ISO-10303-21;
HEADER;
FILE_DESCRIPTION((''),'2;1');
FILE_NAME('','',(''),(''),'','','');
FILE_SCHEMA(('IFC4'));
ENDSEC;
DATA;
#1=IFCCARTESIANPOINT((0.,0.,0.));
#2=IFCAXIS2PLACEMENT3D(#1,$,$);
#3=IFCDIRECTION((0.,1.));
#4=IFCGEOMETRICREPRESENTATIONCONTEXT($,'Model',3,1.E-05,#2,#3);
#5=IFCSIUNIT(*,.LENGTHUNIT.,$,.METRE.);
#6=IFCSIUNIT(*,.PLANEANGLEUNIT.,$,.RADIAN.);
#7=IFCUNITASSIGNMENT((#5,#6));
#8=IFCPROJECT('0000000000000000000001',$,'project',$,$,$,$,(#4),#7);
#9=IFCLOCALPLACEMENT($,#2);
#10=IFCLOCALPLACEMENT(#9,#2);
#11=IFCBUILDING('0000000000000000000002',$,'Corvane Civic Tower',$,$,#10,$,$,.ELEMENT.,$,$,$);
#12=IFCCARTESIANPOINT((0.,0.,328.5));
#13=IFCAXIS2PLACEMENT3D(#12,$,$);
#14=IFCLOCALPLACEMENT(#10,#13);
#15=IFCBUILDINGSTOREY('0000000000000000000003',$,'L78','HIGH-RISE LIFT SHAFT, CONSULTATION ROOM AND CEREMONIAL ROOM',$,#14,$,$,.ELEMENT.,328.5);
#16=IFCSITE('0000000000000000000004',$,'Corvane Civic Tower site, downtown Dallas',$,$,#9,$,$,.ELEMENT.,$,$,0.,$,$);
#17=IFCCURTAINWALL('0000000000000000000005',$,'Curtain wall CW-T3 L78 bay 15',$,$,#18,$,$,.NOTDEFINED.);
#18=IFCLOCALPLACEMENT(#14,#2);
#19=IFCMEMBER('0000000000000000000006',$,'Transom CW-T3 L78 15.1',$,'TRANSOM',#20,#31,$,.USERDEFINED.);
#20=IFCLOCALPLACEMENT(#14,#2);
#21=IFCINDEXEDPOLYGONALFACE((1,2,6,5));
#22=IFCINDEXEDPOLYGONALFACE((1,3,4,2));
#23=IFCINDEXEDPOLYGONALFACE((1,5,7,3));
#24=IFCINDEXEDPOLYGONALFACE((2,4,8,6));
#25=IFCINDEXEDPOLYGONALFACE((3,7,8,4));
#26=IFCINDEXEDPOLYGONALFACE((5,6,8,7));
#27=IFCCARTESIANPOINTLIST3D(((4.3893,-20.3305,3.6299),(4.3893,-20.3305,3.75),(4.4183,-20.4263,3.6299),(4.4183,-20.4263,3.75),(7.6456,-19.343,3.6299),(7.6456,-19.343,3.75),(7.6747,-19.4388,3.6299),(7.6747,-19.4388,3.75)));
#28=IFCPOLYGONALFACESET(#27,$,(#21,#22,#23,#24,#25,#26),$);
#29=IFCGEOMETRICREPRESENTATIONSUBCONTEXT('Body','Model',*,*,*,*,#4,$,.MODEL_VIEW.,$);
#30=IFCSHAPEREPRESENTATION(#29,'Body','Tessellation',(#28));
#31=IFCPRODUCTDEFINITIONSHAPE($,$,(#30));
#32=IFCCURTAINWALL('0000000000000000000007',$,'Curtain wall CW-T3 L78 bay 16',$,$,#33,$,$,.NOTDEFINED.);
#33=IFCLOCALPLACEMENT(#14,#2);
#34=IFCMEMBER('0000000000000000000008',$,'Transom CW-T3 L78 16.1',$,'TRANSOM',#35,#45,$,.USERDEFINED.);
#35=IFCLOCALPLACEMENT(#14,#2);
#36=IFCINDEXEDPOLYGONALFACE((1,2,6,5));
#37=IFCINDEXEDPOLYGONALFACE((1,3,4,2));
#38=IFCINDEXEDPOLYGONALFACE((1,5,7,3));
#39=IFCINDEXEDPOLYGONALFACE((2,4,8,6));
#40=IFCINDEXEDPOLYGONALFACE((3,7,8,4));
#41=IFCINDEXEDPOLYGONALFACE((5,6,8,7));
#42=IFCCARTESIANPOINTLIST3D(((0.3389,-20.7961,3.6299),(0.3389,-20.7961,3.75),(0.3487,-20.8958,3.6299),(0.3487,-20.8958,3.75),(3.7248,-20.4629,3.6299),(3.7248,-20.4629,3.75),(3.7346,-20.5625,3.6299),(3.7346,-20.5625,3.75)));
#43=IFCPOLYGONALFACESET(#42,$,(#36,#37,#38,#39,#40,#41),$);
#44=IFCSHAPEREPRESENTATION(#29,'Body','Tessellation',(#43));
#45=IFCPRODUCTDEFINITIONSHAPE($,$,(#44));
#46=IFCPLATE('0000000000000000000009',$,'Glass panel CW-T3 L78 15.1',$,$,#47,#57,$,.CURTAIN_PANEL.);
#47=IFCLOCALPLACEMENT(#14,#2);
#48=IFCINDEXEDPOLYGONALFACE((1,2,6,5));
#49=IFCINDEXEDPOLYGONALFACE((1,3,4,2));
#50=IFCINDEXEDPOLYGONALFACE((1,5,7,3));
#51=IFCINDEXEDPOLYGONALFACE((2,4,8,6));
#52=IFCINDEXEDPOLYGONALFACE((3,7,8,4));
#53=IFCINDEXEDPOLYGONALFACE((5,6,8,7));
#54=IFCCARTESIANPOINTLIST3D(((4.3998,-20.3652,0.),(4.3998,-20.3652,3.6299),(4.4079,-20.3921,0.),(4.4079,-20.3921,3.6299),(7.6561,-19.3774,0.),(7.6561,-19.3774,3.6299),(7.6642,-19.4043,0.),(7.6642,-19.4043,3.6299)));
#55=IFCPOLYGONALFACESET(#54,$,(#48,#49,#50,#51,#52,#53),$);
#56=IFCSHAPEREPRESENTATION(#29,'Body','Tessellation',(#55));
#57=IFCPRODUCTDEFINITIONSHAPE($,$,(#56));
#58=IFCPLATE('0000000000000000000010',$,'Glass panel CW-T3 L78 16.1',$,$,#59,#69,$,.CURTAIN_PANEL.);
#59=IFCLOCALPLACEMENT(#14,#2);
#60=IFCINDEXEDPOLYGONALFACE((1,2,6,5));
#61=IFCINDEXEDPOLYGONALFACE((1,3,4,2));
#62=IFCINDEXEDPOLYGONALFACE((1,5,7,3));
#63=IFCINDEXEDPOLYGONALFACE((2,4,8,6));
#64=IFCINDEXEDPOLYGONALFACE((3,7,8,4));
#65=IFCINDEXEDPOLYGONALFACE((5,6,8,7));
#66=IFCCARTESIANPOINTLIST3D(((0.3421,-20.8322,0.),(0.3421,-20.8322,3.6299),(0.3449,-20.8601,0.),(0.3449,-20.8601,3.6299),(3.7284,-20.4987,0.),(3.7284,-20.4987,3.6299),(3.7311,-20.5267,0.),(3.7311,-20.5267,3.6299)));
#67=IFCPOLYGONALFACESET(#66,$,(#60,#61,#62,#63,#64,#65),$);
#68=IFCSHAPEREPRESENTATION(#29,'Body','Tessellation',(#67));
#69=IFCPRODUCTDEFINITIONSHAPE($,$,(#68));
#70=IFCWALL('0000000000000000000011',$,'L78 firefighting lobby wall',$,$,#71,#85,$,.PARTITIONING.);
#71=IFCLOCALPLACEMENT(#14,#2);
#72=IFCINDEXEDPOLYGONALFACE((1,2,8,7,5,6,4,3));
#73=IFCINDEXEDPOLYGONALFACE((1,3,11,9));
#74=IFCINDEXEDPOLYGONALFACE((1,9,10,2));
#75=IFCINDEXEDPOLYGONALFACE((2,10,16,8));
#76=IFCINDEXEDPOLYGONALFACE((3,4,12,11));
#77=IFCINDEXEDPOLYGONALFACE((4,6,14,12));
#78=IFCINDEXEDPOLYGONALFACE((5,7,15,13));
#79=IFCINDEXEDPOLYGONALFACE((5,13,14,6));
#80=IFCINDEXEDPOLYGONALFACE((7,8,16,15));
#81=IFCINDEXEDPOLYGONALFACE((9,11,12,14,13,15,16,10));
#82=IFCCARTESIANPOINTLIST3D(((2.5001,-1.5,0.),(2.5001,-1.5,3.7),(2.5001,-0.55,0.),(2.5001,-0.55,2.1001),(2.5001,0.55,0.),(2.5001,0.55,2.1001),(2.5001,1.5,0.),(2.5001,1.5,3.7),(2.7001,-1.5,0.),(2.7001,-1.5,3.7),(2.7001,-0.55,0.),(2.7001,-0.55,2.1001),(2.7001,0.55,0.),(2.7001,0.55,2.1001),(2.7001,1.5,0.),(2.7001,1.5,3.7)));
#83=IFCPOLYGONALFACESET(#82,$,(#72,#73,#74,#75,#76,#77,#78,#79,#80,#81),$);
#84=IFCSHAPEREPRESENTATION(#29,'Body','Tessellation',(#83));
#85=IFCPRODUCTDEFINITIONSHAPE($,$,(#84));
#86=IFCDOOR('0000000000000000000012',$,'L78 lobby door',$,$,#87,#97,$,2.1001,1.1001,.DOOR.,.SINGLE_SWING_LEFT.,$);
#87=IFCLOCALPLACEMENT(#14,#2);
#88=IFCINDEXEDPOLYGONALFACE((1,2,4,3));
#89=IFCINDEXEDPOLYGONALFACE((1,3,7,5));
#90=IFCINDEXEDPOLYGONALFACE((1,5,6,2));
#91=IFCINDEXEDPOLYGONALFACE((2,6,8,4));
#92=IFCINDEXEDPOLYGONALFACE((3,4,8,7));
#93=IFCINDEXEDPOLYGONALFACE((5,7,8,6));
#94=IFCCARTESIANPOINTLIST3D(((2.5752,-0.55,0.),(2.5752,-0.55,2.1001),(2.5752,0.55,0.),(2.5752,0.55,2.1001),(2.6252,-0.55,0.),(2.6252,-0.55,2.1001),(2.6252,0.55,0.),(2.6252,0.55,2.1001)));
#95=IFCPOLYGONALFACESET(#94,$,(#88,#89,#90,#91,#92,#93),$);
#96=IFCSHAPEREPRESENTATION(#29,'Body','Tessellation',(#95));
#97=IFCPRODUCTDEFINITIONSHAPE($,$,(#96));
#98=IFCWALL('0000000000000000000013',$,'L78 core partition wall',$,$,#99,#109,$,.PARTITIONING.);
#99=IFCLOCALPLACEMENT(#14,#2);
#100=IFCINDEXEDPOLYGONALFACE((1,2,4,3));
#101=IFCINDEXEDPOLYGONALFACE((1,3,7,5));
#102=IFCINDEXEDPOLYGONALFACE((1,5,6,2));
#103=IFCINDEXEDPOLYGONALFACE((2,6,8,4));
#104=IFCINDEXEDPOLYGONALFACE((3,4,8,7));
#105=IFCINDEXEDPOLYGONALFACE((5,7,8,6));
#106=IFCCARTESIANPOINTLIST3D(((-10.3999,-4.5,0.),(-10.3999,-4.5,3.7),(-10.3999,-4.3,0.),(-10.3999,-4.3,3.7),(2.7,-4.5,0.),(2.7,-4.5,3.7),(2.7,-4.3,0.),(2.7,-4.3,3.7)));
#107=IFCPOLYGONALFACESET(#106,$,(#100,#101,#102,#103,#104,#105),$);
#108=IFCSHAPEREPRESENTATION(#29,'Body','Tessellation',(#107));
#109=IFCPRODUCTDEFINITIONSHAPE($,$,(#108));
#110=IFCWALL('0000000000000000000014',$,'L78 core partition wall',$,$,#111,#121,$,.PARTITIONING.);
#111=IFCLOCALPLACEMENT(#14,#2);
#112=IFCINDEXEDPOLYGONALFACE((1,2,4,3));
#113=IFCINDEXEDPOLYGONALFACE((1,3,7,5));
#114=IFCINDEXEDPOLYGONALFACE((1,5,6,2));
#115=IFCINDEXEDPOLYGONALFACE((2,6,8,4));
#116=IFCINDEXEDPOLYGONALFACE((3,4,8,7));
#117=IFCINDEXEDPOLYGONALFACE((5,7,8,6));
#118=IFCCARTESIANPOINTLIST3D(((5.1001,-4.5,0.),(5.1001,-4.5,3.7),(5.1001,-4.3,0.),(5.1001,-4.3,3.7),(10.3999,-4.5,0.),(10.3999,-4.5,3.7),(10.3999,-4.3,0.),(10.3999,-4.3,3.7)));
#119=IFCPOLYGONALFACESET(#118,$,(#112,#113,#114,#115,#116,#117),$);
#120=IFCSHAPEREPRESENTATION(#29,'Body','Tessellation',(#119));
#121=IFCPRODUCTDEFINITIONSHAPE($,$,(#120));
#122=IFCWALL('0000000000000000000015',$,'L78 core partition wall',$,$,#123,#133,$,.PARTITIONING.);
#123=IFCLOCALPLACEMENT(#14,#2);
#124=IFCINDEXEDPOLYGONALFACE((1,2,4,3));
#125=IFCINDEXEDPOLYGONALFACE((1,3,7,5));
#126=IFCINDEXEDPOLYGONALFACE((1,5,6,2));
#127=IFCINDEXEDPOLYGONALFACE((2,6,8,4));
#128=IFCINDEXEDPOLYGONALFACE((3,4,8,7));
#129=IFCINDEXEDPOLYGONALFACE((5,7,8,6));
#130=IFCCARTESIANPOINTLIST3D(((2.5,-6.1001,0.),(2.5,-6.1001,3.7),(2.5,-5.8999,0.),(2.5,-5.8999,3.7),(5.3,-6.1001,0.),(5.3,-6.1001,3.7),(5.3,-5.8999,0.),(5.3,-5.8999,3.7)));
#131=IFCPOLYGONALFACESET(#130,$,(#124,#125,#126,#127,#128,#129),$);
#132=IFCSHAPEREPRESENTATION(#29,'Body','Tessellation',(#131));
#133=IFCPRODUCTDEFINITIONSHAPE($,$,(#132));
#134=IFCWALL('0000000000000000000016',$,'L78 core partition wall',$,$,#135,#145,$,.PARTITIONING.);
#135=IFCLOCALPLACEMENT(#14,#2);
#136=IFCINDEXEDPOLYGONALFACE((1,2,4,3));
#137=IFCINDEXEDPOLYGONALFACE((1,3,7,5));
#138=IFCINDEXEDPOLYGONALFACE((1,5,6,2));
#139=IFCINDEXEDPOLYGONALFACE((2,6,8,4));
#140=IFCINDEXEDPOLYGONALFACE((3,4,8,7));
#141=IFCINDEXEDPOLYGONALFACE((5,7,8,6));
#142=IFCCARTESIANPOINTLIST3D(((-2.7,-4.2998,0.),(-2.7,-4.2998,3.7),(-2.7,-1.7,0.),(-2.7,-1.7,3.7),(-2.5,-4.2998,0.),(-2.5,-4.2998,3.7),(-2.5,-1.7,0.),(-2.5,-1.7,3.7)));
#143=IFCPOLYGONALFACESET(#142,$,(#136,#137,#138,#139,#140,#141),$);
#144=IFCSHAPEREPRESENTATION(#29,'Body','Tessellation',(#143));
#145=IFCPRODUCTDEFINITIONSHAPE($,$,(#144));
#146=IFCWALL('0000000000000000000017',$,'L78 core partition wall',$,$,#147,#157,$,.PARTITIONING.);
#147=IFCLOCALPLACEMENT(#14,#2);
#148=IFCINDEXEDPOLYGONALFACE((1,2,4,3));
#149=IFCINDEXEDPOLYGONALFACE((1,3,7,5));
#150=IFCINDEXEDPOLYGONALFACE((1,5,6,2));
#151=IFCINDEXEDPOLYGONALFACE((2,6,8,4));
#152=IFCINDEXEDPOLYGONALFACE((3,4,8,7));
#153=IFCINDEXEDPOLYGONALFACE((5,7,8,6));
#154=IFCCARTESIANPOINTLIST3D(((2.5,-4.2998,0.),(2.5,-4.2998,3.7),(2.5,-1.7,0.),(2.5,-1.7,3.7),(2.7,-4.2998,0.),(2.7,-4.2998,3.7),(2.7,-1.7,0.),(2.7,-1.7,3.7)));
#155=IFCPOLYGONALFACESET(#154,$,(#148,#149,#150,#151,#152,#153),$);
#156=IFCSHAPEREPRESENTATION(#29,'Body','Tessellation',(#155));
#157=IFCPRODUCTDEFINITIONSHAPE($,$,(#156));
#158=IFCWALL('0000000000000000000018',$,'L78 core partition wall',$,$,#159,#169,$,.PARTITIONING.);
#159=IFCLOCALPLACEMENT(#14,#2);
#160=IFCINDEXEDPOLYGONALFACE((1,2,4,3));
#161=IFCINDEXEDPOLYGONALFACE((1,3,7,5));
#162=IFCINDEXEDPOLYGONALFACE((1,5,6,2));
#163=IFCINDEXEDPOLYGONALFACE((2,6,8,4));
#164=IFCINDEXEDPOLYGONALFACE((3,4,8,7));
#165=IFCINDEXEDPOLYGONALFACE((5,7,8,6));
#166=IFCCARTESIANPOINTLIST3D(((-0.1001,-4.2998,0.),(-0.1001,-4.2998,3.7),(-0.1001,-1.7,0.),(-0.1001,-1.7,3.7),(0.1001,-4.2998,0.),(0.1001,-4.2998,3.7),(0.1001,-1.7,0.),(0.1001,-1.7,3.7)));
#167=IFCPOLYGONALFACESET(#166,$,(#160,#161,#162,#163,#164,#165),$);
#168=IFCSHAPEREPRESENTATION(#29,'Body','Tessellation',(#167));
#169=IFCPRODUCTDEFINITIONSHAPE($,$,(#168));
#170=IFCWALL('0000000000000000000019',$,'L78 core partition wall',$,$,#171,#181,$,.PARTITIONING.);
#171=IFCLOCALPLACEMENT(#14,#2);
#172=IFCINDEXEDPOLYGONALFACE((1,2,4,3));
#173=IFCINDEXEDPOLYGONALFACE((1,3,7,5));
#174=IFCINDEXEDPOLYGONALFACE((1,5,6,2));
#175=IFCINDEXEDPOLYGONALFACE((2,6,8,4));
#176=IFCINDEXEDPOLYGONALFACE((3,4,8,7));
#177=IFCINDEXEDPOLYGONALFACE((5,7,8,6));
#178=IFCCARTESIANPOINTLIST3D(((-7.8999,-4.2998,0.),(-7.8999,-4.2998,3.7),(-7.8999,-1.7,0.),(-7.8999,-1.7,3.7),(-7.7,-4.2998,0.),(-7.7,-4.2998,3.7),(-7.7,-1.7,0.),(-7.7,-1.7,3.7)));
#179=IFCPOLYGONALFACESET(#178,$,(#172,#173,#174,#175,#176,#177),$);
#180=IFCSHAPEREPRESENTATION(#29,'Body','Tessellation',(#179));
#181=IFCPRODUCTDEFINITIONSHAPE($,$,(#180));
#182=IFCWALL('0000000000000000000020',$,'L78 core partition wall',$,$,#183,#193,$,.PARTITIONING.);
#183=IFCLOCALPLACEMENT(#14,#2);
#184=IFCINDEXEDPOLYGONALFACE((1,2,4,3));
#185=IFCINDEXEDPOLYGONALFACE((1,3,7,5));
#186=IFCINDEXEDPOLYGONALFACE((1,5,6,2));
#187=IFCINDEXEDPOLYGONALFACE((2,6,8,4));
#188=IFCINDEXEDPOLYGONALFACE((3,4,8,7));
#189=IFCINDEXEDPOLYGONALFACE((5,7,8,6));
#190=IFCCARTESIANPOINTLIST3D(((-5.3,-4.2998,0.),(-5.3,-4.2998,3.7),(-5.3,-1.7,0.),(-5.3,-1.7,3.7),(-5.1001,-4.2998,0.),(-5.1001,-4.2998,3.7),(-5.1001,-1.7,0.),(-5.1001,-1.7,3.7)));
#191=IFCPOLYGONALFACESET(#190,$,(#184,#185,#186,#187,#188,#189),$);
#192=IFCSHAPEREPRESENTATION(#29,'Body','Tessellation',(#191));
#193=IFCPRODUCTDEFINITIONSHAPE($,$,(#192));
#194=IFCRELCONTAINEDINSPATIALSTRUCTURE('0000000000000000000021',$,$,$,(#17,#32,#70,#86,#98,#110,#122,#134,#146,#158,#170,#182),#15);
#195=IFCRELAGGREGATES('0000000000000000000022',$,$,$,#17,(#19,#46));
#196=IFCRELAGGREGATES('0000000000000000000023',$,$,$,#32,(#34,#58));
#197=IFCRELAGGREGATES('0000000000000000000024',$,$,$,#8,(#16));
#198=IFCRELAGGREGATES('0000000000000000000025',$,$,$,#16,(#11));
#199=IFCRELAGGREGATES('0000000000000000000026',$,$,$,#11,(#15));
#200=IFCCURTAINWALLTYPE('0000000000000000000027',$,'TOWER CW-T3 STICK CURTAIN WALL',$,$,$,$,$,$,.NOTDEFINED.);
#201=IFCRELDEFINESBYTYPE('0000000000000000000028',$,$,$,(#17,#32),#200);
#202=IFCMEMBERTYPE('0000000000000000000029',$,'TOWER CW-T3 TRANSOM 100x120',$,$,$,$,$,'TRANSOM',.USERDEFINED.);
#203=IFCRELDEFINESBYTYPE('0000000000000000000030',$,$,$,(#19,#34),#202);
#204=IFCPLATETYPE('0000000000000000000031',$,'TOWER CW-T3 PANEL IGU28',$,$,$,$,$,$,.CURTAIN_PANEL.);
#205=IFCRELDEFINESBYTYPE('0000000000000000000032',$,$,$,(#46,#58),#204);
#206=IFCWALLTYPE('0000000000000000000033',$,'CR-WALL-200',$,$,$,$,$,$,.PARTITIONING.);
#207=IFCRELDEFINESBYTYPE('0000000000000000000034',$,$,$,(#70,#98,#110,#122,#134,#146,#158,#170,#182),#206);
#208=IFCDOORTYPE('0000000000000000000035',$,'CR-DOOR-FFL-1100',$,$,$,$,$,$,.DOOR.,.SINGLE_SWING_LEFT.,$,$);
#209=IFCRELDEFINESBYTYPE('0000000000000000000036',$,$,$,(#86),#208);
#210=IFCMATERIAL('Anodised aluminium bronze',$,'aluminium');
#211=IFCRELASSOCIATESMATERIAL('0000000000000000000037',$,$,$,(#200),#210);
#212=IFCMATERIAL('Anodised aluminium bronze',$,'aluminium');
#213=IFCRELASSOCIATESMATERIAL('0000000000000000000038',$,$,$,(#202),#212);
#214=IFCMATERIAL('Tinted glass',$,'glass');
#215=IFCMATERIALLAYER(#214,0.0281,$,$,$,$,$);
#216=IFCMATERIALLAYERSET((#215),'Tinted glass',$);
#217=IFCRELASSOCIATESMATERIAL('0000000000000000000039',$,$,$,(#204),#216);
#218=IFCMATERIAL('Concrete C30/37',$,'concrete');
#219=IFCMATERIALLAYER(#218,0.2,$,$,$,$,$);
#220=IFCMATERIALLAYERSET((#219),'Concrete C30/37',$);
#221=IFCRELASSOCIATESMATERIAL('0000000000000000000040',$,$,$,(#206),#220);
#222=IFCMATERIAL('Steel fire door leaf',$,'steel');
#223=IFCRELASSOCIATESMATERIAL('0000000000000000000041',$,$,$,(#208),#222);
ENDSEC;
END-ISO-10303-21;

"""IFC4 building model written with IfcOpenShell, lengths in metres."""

from ifc_helpers import new_model, si_unit, direction, frame, frame_2d, origin, origin_2d, place, context, subcontext, project, spatial, polyline, rectangle, outline, extrude, material, layer, layer_set, material_profile, profile_set, type_object, element, fill, aggregate, save


model = new_model("IFC4")

# Units and contexts
model_context = context("Model", 3, precision=1e-05, world=origin(), true_north=direction((0.0, 1.0)))
body_context = subcontext(model_context, "Body", "Model", "MODEL_VIEW")
ifc_project = project(units=[si_unit("LENGTHUNIT", "METRE"), si_unit("PLANEANGLEUNIT", "RADIAN")], contexts=[model_context])

# Site, building, storey
site_placement = place(None, origin())
site = spatial("IfcSite", under=ifc_project, at=site_placement, Name="Corvane Civic Tower site, downtown Dallas", CompositionType="ELEMENT", RefElevation=0.0)
building_placement = place(site_placement, origin())
building = spatial("IfcBuilding", under=site, at=building_placement, Name="Corvane Civic Tower", CompositionType="ELEMENT")
storey_placement = place(building_placement, frame((0.0, 0.0, 328.5)))
storey = spatial("IfcBuildingStorey", under=building, at=storey_placement, Name="L78", Description="HIGH-RISE LIFT SHAFT, CONSULTATION ROOM AND CEREMONIAL ROOM", CompositionType="ELEMENT", Elevation=328.5)

# Curtain walls, members
ifc_material_1 = material(Name="Anodised aluminium bronze", Category="aluminium")
curtain_wall_type = type_object("IfcCurtainWallType", Name="TOWER CW-T3 STICK CURTAIN WALL", PredefinedType="NOTDEFINED", material=ifc_material_1)
curtain_wall_1_placement = place(storey_placement, origin())
curtain_wall_1 = element("IfcCurtainWall", 1, at=curtain_wall_1_placement, inside=storey, type_object=curtain_wall_type, Name="Curtain wall CW-T3 L78 bay 15", PredefinedType="NOTDEFINED")
ifc_material_2 = material(Name="Anodised aluminium bronze", Category="aluminium")
ifc_material_profile_1 = material_profile(ifc_material_2, rectangle(XDim=0.1001, YDim=0.1201, at=origin_2d()), Name="TOWER CW-T3 TRANSOM 100x120")
ifc_profile_set_1 = profile_set([ifc_material_profile_1], Name="Anodised aluminium bronze")
member_type = type_object("IfcMemberType", Name="TOWER CW-T3 TRANSOM 100x120", ElementType="TRANSOM", PredefinedType="USERDEFINED", material=ifc_profile_set_1)
member_1_placement = place(storey_placement, frame((7.6602, -19.3909, 3.6899), z_axis=(-0.956961, -0.290216, 0.0), x_axis=(0.290216, -0.956961, 0.0)))
member_1 = element("IfcMember", 2, at=member_1_placement, type_object=member_type, Name="Transom CW-T3 L78 15.1", ObjectType="TRANSOM", PredefinedType="USERDEFINED", context=body_context, shape_type="SweptSolid", body=[
    extrude(rectangle(XDim=0.1001, YDim=0.1201, at=origin_2d()), origin(), (0.0, 0.0, 1.0), 3.4028),
])
curtain_wall_2_placement = place(storey_placement, origin())
curtain_wall_2 = element("IfcCurtainWall", 3, at=curtain_wall_2_placement, inside=storey, type_object=curtain_wall_type, Name="Curtain wall CW-T3 L78 bay 16", PredefinedType="NOTDEFINED")
member_2_placement = place(storey_placement, frame((3.7297, -20.5127, 3.6899), z_axis=(-0.995192, -0.097948, 0.0), x_axis=(0.097948, -0.995192, 0.0)))
member_2 = element("IfcMember", 4, at=member_2_placement, type_object=member_type, Name="Transom CW-T3 L78 16.1", ObjectType="TRANSOM", PredefinedType="USERDEFINED", context=body_context, shape_type="SweptSolid", body=[
    extrude(rectangle(XDim=0.1001, YDim=0.1201, at=origin_2d()), origin(), (0.0, 0.0, 1.0), 3.4023),
])

# Plates
ifc_material_3 = material(Name="Tinted glass", Category="glass")
ifc_layer_1 = layer(ifc_material_3, 0.0281)
ifc_layer_set_1 = layer_set([ifc_layer_1], Name="Tinted glass")
plate_type = type_object("IfcPlateType", Name="TOWER CW-T3 PANEL IGU28", PredefinedType="CURTAIN_PANEL", material=ifc_layer_set_1)
plate_1_placement = place(storey_placement, frame((6.032, -19.8848, 0.0), z_axis=(0.0, 0.0, 1.0), x_axis=(-0.956939, -0.29029, 0.0)))
plate_1 = element("IfcPlate", 5, at=plate_1_placement, type_object=plate_type, Name="Glass panel CW-T3 L78 15.1", PredefinedType="CURTAIN_PANEL", context=body_context, shape_type="SweptSolid", body=[
    extrude(rectangle(XDim=3.4028, YDim=0.0281, at=origin_2d()), origin(), (0.0, 0.0, 1.0), 3.6299),
])
aggregate(curtain_wall_1, [member_1, plate_1])
plate_2_placement = place(storey_placement, frame((2.0366, -20.6794, 0.0), z_axis=(0.0, 0.0, 1.0), x_axis=(-0.995187, -0.097998, 0.0)))
plate_2 = element("IfcPlate", 6, at=plate_2_placement, type_object=plate_type, Name="Glass panel CW-T3 L78 16.1", PredefinedType="CURTAIN_PANEL", context=body_context, shape_type="SweptSolid", body=[
    extrude(rectangle(XDim=3.4026, YDim=0.0281, at=origin_2d()), origin(), (0.0, 0.0, 1.0), 3.6299),
])
aggregate(curtain_wall_2, [member_2, plate_2])

# Wall, opening, door
ifc_material_4 = material(Name="Concrete C30/37", Category="concrete")
ifc_layer_2 = layer(ifc_material_4, 0.2)
ifc_layer_set_2 = layer_set([ifc_layer_2], Name="Concrete C30/37")
wall_type_1 = type_object("IfcWallType", Name="CR-WALL-200", PredefinedType="PARTITIONING", material=ifc_layer_set_2)
wall_1_placement = place(storey_placement, frame((2.6001, -1.5, 0.0), z_axis=(0.0, 0.0, 1.0), x_axis=(0.0, 1.0, 0.0)))
wall_1 = element("IfcWall", 7, at=wall_1_placement, inside=storey, type_object=wall_type_1, Name="L78 firefighting lobby wall", PredefinedType="PARTITIONING", context=body_context, shape_type="SweptSolid", body=[
    extrude(rectangle(XDim=3.0, YDim=0.2, at=frame_2d((1.5, 0.0))), origin(), (0.0, 0.0, 1.0), 3.7),
])
opening_1_placement = place(wall_1_placement, frame((0.95, 0.0, 0.0)))
opening_1 = element("IfcOpeningElement", 8, at=opening_1_placement, cuts=wall_1, PredefinedType="OPENING", context=body_context, shape_type="SweptSolid", body=[
    extrude(rectangle(XDim=1.1001, YDim=2.1001, at=frame_2d((0.55, 1.05))), frame((0.0, 0.1099, 0.0), z_axis=(0.0, -1.0, 0.0), x_axis=(1.0, 0.0, 0.0)), (0.0, 0.0, 1.0), 0.22),
])
ifc_material_5 = material(Name="Steel fire door leaf", Category="steel")
door_type_1 = type_object("IfcDoorType", Name="CR-DOOR-FFL-1100", OperationType="SINGLE_SWING_LEFT", PredefinedType="DOOR", material=ifc_material_5)
door_1_placement = place(opening_1_placement, origin())
door_1 = element("IfcDoor", 9, at=door_1_placement, inside=storey, type_object=door_type_1, Name="L78 lobby door", OperationType="SINGLE_SWING_LEFT", OverallHeight=2.1001, OverallWidth=1.1001, PredefinedType="DOOR", context=body_context, shape_type="SweptSolid", body=[
    extrude(rectangle(XDim=1.1001, YDim=2.1001, at=frame_2d((0.55, 1.05))), frame((0.0, 0.0249, 0.0), z_axis=(0.0, -1.0, 0.0), x_axis=(1.0, 0.0, 0.0)), (0.0, 0.0, 1.0), 0.05),
])
fill(opening_1, door_1)

# Walls
wall_2_placement = place(storey_placement, origin())
element("IfcWall", 10, at=wall_2_placement, inside=storey, type_object=wall_type_1, Name="L78 core partition wall", PredefinedType="PARTITIONING", context=body_context, shape_type="SweptSolid", body=[
    extrude(outline(polyline([(2.7, -4.3), (2.7, -4.5), (-10.3999, -4.5), (-10.3999, -4.3), (2.7, -4.3)])), origin(), (0.0, 0.0, 1.0), 3.7),
])
wall_3_placement = place(storey_placement, origin())
element("IfcWall", 11, at=wall_3_placement, inside=storey, type_object=wall_type_1, Name="L78 core partition wall", PredefinedType="PARTITIONING", context=body_context, shape_type="SweptSolid", body=[
    extrude(outline(polyline([(10.3999, -4.5), (5.1001, -4.5), (5.1001, -4.3), (10.3999, -4.3), (10.3999, -4.5)])), origin(), (0.0, 0.0, 1.0), 3.7),
])
wall_4_placement = place(storey_placement, origin())
element("IfcWall", 12, at=wall_4_placement, inside=storey, type_object=wall_type_1, Name="L78 core partition wall", PredefinedType="PARTITIONING", context=body_context, shape_type="SweptSolid", body=[
    extrude(outline(polyline([(5.3, -6.1001), (2.5, -6.1001), (2.5, -5.8999), (5.3, -5.8999), (5.3, -6.1001)])), origin(), (0.0, 0.0, 1.0), 3.7),
])
wall_5_placement = place(storey_placement, origin())
element("IfcWall", 13, at=wall_5_placement, inside=storey, type_object=wall_type_1, Name="L78 core partition wall", PredefinedType="PARTITIONING", context=body_context, shape_type="SweptSolid", body=[
    extrude(outline(polyline([(-2.5, -1.7), (-2.5, -4.2998), (-2.7, -4.2998), (-2.7, -1.7), (-2.5, -1.7)])), origin(), (0.0, 0.0, 1.0), 3.7),
])
wall_6_placement = place(storey_placement, origin())
element("IfcWall", 14, at=wall_6_placement, inside=storey, type_object=wall_type_1, Name="L78 core partition wall", PredefinedType="PARTITIONING", context=body_context, shape_type="SweptSolid", body=[
    extrude(outline(polyline([(2.7, -1.7), (2.7, -4.2998), (2.5, -4.2998), (2.5, -1.7), (2.7, -1.7)])), origin(), (0.0, 0.0, 1.0), 3.7),
])
wall_7_placement = place(storey_placement, origin())
element("IfcWall", 15, at=wall_7_placement, inside=storey, type_object=wall_type_1, Name="L78 core partition wall", PredefinedType="PARTITIONING", context=body_context, shape_type="SweptSolid", body=[
    extrude(outline(polyline([(0.1001, -1.7), (0.1001, -4.2998), (-0.1001, -4.2998), (-0.1001, -1.7), (0.1001, -1.7)])), origin(), (0.0, 0.0, 1.0), 3.7),
])
wall_8_placement = place(storey_placement, origin())
element("IfcWall", 16, at=wall_8_placement, inside=storey, type_object=wall_type_1, Name="L78 core partition wall", PredefinedType="PARTITIONING", context=body_context, shape_type="SweptSolid", body=[
    extrude(outline(polyline([(-7.7, -1.7), (-7.7, -4.2998), (-7.8999, -4.2998), (-7.8999, -1.7), (-7.7, -1.7)])), origin(), (0.0, 0.0, 1.0), 3.7),
])
wall_9_placement = place(storey_placement, origin())
element("IfcWall", 17, at=wall_9_placement, inside=storey, type_object=wall_type_1, Name="L78 core partition wall", PredefinedType="PARTITIONING", context=body_context, shape_type="SweptSolid", body=[
    extrude(outline(polyline([(-5.1001, -1.7), (-5.1001, -4.2998), (-5.3, -4.2998), (-5.3, -1.7), (-5.1001, -1.7)])), origin(), (0.0, 0.0, 1.0), 3.7),
])

save(model, "model.ifc")
